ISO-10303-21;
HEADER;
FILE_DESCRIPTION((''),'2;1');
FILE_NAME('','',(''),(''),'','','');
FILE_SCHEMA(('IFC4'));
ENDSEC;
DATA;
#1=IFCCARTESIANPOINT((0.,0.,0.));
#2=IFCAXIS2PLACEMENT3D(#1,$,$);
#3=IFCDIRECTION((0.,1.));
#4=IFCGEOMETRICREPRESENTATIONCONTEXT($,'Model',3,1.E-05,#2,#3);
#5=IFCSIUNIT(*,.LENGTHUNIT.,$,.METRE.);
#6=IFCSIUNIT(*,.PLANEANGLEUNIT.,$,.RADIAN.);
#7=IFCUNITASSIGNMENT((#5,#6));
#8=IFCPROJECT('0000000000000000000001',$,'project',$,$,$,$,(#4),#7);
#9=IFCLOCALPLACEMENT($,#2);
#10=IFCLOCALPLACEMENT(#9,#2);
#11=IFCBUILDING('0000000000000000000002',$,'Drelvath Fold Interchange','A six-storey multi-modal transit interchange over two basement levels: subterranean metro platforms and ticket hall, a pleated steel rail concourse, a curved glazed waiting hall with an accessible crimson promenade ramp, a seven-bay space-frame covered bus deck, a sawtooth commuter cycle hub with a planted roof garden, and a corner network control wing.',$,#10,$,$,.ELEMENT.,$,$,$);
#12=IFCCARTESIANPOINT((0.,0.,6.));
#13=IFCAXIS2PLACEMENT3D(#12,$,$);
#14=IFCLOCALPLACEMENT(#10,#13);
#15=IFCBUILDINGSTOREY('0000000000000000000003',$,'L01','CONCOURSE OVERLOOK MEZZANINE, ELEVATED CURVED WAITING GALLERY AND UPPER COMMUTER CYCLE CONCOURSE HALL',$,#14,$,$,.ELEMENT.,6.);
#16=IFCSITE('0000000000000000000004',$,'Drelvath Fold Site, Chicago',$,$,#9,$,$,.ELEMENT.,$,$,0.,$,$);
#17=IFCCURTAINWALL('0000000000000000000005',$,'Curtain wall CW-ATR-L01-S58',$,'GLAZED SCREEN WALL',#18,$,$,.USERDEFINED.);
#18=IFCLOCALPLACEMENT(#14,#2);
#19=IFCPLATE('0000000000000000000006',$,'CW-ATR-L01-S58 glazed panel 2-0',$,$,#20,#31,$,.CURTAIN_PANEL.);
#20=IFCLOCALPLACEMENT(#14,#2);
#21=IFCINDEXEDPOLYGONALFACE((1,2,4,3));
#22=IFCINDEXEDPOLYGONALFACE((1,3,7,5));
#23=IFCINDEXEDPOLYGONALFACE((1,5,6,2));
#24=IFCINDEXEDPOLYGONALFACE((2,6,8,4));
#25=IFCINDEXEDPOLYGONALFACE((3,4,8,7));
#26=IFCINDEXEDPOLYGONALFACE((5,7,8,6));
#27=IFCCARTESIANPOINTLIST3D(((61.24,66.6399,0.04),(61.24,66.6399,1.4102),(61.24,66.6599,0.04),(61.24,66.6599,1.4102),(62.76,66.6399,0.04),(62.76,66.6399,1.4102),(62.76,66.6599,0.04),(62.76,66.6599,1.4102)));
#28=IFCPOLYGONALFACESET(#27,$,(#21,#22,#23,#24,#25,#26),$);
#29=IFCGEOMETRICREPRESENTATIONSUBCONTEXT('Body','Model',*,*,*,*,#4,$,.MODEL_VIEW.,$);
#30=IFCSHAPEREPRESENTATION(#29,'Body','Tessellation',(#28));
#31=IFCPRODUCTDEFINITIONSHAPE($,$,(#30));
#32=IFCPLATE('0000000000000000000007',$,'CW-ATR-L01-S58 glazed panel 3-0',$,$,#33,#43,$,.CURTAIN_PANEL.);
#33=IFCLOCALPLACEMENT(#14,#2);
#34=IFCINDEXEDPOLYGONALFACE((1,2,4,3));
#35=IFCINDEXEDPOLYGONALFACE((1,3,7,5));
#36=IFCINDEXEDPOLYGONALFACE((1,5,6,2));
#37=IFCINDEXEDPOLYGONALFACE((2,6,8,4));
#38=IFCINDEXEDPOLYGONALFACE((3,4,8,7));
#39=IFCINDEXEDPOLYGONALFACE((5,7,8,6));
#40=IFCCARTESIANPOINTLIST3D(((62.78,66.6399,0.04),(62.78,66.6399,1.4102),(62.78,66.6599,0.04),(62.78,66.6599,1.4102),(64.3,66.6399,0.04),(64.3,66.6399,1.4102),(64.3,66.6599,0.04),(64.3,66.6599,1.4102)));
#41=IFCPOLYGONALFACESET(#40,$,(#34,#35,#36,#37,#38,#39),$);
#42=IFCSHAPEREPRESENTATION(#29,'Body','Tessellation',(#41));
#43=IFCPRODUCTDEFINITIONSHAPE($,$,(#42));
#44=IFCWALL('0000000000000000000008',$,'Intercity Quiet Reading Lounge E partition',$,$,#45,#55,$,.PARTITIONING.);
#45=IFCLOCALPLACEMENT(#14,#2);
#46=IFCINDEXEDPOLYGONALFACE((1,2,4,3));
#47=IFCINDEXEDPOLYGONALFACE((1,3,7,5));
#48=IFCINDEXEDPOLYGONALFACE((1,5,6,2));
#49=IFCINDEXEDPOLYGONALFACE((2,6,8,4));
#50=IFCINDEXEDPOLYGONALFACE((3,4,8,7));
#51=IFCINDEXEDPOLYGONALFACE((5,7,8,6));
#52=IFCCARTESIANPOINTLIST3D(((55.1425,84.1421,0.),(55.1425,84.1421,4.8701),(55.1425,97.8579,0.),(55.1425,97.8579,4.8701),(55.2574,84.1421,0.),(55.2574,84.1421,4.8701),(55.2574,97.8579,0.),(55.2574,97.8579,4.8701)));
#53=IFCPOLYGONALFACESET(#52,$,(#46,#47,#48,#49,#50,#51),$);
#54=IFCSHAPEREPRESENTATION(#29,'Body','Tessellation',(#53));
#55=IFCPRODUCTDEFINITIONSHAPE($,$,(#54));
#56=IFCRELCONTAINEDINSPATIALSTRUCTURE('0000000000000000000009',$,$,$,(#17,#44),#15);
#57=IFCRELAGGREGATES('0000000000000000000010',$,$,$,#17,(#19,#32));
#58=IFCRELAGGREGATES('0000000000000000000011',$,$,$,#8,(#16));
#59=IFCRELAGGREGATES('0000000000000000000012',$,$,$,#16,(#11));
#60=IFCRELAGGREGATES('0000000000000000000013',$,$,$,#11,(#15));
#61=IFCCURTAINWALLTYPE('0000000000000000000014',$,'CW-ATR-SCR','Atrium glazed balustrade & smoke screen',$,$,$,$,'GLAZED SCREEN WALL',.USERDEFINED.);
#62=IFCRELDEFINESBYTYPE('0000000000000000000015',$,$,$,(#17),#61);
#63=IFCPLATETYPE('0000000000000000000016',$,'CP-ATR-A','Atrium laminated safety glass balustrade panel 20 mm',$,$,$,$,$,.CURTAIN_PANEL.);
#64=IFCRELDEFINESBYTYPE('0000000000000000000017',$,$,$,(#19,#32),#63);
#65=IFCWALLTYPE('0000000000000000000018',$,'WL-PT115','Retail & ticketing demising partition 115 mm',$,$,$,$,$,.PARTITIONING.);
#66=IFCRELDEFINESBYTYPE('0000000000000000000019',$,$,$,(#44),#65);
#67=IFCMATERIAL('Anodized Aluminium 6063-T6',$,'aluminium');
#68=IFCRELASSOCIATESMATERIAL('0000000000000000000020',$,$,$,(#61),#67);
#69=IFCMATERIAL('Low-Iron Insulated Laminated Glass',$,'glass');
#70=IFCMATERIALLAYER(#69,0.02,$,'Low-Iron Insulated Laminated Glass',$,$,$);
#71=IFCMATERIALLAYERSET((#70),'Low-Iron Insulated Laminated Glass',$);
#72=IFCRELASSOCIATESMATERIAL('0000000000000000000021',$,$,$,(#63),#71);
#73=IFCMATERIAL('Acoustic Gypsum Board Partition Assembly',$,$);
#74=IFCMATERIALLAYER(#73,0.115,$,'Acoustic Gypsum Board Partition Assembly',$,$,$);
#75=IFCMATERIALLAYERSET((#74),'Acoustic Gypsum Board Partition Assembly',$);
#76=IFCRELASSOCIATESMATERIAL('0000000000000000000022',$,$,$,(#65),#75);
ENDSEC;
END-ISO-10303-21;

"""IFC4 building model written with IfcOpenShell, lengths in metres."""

from ifc_helpers import new_model, si_unit, direction, frame, frame_2d, origin, origin_2d, place, context, subcontext, project, spatial, rectangle, extrude, material, layer, layer_set, type_object, element, aggregate, save


model = new_model("IFC4")

# Units and contexts
model_context = context("Model", 3, precision=1e-05, world=origin(), true_north=direction((0.0, 1.0)))
body_context = subcontext(model_context, "Body", "Model", "MODEL_VIEW")
ifc_project = project(units=[si_unit("LENGTHUNIT", "METRE"), si_unit("PLANEANGLEUNIT", "RADIAN")], contexts=[model_context])

# Site, building, storey
site_placement = place(None, origin())
site = spatial("IfcSite", under=ifc_project, at=site_placement, Name="Drelvath Fold Site, Chicago", CompositionType="ELEMENT", RefElevation=0.0)
building_placement = place(site_placement, origin())
building = spatial("IfcBuilding", under=site, at=building_placement, Name="Drelvath Fold Interchange", Description="A six-storey multi-modal transit interchange over two basement levels: subterranean metro platforms and ticket hall, a pleated steel rail concourse, a curved glazed waiting hall with an accessible crimson promenade ramp, a seven-bay space-frame covered bus deck, a sawtooth commuter cycle hub with a planted roof garden, and a corner network control wing.", CompositionType="ELEMENT")
storey_placement = place(building_placement, frame((0.0, 0.0, 6.0)))
storey = spatial("IfcBuildingStorey", under=building, at=storey_placement, Name="L01", Description="CONCOURSE OVERLOOK MEZZANINE, ELEVATED CURVED WAITING GALLERY AND UPPER COMMUTER CYCLE CONCOURSE HALL", CompositionType="ELEMENT", Elevation=6.0)

# Curtain wall, plates
ifc_material_1 = material(Name="Anodized Aluminium 6063-T6", Category="aluminium")
curtain_wall_type = type_object("IfcCurtainWallType", Name="CW-ATR-SCR", Description="Atrium glazed balustrade & smoke screen", ElementType="GLAZED SCREEN WALL", PredefinedType="USERDEFINED", material=ifc_material_1)
curtain_wall_placement = place(storey_placement, origin())
curtain_wall = element("IfcCurtainWall", 1, at=curtain_wall_placement, inside=storey, type_object=curtain_wall_type, Name="Curtain wall CW-ATR-L01-S58", ObjectType="GLAZED SCREEN WALL", PredefinedType="USERDEFINED")
ifc_material_2 = material(Name="Low-Iron Insulated Laminated Glass", Category="glass")
ifc_layer_1 = layer(ifc_material_2, 0.02, Name="Low-Iron Insulated Laminated Glass")
ifc_layer_set_1 = layer_set([ifc_layer_1], Name="Low-Iron Insulated Laminated Glass")
plate_type = type_object("IfcPlateType", Name="CP-ATR-A", Description="Atrium laminated safety glass balustrade panel 20 mm", PredefinedType="CURTAIN_PANEL", material=ifc_layer_set_1)
plate_1_placement = place(storey_placement, frame((62.0, 66.6499, 0.04), z_axis=(0.0, 0.0, 1.0), x_axis=(1.0, 0.0, 0.0)))
plate_1 = element("IfcPlate", 2, at=plate_1_placement, type_object=plate_type, Name="CW-ATR-L01-S58 glazed panel 2-0", PredefinedType="CURTAIN_PANEL", context=body_context, shape_type="SweptSolid", body=[
    extrude(rectangle(XDim=1.52, YDim=0.02, at=origin_2d()), origin(), (0.0, 0.0, 1.0), 1.3701),
])
plate_2_placement = place(storey_placement, frame((63.54, 66.6499, 0.04), z_axis=(0.0, 0.0, 1.0), x_axis=(1.0, 0.0, 0.0)))
plate_2 = element("IfcPlate", 3, at=plate_2_placement, type_object=plate_type, Name="CW-ATR-L01-S58 glazed panel 3-0", PredefinedType="CURTAIN_PANEL", context=body_context, shape_type="SweptSolid", body=[
    extrude(rectangle(XDim=1.52, YDim=0.02, at=origin_2d()), origin(), (0.0, 0.0, 1.0), 1.3701),
])
aggregate(curtain_wall, [plate_1, plate_2])

# Wall
ifc_material_3 = material(Name="Acoustic Gypsum Board Partition Assembly")
ifc_layer_2 = layer(ifc_material_3, 0.115, Name="Acoustic Gypsum Board Partition Assembly")
ifc_layer_set_2 = layer_set([ifc_layer_2], Name="Acoustic Gypsum Board Partition Assembly")
wall_type = type_object("IfcWallType", Name="WL-PT115", Description="Retail & ticketing demising partition 115 mm", PredefinedType="PARTITIONING", material=ifc_layer_set_2)
wall_placement = place(storey_placement, frame((55.2, 84.1421, 0.0), z_axis=(0.0, 0.0, 1.0), x_axis=(0.0, 1.0, 0.0)))
element("IfcWall", 4, at=wall_placement, inside=storey, type_object=wall_type, Name="Intercity Quiet Reading Lounge E partition", PredefinedType="PARTITIONING", context=body_context, shape_type="SweptSolid", body=[
    extrude(rectangle(XDim=13.7158, YDim=0.115, at=frame_2d((6.8579, 0.0))), origin(), (0.0, 0.0, 1.0), 4.8701),
])

save(model, "model.ifc")
